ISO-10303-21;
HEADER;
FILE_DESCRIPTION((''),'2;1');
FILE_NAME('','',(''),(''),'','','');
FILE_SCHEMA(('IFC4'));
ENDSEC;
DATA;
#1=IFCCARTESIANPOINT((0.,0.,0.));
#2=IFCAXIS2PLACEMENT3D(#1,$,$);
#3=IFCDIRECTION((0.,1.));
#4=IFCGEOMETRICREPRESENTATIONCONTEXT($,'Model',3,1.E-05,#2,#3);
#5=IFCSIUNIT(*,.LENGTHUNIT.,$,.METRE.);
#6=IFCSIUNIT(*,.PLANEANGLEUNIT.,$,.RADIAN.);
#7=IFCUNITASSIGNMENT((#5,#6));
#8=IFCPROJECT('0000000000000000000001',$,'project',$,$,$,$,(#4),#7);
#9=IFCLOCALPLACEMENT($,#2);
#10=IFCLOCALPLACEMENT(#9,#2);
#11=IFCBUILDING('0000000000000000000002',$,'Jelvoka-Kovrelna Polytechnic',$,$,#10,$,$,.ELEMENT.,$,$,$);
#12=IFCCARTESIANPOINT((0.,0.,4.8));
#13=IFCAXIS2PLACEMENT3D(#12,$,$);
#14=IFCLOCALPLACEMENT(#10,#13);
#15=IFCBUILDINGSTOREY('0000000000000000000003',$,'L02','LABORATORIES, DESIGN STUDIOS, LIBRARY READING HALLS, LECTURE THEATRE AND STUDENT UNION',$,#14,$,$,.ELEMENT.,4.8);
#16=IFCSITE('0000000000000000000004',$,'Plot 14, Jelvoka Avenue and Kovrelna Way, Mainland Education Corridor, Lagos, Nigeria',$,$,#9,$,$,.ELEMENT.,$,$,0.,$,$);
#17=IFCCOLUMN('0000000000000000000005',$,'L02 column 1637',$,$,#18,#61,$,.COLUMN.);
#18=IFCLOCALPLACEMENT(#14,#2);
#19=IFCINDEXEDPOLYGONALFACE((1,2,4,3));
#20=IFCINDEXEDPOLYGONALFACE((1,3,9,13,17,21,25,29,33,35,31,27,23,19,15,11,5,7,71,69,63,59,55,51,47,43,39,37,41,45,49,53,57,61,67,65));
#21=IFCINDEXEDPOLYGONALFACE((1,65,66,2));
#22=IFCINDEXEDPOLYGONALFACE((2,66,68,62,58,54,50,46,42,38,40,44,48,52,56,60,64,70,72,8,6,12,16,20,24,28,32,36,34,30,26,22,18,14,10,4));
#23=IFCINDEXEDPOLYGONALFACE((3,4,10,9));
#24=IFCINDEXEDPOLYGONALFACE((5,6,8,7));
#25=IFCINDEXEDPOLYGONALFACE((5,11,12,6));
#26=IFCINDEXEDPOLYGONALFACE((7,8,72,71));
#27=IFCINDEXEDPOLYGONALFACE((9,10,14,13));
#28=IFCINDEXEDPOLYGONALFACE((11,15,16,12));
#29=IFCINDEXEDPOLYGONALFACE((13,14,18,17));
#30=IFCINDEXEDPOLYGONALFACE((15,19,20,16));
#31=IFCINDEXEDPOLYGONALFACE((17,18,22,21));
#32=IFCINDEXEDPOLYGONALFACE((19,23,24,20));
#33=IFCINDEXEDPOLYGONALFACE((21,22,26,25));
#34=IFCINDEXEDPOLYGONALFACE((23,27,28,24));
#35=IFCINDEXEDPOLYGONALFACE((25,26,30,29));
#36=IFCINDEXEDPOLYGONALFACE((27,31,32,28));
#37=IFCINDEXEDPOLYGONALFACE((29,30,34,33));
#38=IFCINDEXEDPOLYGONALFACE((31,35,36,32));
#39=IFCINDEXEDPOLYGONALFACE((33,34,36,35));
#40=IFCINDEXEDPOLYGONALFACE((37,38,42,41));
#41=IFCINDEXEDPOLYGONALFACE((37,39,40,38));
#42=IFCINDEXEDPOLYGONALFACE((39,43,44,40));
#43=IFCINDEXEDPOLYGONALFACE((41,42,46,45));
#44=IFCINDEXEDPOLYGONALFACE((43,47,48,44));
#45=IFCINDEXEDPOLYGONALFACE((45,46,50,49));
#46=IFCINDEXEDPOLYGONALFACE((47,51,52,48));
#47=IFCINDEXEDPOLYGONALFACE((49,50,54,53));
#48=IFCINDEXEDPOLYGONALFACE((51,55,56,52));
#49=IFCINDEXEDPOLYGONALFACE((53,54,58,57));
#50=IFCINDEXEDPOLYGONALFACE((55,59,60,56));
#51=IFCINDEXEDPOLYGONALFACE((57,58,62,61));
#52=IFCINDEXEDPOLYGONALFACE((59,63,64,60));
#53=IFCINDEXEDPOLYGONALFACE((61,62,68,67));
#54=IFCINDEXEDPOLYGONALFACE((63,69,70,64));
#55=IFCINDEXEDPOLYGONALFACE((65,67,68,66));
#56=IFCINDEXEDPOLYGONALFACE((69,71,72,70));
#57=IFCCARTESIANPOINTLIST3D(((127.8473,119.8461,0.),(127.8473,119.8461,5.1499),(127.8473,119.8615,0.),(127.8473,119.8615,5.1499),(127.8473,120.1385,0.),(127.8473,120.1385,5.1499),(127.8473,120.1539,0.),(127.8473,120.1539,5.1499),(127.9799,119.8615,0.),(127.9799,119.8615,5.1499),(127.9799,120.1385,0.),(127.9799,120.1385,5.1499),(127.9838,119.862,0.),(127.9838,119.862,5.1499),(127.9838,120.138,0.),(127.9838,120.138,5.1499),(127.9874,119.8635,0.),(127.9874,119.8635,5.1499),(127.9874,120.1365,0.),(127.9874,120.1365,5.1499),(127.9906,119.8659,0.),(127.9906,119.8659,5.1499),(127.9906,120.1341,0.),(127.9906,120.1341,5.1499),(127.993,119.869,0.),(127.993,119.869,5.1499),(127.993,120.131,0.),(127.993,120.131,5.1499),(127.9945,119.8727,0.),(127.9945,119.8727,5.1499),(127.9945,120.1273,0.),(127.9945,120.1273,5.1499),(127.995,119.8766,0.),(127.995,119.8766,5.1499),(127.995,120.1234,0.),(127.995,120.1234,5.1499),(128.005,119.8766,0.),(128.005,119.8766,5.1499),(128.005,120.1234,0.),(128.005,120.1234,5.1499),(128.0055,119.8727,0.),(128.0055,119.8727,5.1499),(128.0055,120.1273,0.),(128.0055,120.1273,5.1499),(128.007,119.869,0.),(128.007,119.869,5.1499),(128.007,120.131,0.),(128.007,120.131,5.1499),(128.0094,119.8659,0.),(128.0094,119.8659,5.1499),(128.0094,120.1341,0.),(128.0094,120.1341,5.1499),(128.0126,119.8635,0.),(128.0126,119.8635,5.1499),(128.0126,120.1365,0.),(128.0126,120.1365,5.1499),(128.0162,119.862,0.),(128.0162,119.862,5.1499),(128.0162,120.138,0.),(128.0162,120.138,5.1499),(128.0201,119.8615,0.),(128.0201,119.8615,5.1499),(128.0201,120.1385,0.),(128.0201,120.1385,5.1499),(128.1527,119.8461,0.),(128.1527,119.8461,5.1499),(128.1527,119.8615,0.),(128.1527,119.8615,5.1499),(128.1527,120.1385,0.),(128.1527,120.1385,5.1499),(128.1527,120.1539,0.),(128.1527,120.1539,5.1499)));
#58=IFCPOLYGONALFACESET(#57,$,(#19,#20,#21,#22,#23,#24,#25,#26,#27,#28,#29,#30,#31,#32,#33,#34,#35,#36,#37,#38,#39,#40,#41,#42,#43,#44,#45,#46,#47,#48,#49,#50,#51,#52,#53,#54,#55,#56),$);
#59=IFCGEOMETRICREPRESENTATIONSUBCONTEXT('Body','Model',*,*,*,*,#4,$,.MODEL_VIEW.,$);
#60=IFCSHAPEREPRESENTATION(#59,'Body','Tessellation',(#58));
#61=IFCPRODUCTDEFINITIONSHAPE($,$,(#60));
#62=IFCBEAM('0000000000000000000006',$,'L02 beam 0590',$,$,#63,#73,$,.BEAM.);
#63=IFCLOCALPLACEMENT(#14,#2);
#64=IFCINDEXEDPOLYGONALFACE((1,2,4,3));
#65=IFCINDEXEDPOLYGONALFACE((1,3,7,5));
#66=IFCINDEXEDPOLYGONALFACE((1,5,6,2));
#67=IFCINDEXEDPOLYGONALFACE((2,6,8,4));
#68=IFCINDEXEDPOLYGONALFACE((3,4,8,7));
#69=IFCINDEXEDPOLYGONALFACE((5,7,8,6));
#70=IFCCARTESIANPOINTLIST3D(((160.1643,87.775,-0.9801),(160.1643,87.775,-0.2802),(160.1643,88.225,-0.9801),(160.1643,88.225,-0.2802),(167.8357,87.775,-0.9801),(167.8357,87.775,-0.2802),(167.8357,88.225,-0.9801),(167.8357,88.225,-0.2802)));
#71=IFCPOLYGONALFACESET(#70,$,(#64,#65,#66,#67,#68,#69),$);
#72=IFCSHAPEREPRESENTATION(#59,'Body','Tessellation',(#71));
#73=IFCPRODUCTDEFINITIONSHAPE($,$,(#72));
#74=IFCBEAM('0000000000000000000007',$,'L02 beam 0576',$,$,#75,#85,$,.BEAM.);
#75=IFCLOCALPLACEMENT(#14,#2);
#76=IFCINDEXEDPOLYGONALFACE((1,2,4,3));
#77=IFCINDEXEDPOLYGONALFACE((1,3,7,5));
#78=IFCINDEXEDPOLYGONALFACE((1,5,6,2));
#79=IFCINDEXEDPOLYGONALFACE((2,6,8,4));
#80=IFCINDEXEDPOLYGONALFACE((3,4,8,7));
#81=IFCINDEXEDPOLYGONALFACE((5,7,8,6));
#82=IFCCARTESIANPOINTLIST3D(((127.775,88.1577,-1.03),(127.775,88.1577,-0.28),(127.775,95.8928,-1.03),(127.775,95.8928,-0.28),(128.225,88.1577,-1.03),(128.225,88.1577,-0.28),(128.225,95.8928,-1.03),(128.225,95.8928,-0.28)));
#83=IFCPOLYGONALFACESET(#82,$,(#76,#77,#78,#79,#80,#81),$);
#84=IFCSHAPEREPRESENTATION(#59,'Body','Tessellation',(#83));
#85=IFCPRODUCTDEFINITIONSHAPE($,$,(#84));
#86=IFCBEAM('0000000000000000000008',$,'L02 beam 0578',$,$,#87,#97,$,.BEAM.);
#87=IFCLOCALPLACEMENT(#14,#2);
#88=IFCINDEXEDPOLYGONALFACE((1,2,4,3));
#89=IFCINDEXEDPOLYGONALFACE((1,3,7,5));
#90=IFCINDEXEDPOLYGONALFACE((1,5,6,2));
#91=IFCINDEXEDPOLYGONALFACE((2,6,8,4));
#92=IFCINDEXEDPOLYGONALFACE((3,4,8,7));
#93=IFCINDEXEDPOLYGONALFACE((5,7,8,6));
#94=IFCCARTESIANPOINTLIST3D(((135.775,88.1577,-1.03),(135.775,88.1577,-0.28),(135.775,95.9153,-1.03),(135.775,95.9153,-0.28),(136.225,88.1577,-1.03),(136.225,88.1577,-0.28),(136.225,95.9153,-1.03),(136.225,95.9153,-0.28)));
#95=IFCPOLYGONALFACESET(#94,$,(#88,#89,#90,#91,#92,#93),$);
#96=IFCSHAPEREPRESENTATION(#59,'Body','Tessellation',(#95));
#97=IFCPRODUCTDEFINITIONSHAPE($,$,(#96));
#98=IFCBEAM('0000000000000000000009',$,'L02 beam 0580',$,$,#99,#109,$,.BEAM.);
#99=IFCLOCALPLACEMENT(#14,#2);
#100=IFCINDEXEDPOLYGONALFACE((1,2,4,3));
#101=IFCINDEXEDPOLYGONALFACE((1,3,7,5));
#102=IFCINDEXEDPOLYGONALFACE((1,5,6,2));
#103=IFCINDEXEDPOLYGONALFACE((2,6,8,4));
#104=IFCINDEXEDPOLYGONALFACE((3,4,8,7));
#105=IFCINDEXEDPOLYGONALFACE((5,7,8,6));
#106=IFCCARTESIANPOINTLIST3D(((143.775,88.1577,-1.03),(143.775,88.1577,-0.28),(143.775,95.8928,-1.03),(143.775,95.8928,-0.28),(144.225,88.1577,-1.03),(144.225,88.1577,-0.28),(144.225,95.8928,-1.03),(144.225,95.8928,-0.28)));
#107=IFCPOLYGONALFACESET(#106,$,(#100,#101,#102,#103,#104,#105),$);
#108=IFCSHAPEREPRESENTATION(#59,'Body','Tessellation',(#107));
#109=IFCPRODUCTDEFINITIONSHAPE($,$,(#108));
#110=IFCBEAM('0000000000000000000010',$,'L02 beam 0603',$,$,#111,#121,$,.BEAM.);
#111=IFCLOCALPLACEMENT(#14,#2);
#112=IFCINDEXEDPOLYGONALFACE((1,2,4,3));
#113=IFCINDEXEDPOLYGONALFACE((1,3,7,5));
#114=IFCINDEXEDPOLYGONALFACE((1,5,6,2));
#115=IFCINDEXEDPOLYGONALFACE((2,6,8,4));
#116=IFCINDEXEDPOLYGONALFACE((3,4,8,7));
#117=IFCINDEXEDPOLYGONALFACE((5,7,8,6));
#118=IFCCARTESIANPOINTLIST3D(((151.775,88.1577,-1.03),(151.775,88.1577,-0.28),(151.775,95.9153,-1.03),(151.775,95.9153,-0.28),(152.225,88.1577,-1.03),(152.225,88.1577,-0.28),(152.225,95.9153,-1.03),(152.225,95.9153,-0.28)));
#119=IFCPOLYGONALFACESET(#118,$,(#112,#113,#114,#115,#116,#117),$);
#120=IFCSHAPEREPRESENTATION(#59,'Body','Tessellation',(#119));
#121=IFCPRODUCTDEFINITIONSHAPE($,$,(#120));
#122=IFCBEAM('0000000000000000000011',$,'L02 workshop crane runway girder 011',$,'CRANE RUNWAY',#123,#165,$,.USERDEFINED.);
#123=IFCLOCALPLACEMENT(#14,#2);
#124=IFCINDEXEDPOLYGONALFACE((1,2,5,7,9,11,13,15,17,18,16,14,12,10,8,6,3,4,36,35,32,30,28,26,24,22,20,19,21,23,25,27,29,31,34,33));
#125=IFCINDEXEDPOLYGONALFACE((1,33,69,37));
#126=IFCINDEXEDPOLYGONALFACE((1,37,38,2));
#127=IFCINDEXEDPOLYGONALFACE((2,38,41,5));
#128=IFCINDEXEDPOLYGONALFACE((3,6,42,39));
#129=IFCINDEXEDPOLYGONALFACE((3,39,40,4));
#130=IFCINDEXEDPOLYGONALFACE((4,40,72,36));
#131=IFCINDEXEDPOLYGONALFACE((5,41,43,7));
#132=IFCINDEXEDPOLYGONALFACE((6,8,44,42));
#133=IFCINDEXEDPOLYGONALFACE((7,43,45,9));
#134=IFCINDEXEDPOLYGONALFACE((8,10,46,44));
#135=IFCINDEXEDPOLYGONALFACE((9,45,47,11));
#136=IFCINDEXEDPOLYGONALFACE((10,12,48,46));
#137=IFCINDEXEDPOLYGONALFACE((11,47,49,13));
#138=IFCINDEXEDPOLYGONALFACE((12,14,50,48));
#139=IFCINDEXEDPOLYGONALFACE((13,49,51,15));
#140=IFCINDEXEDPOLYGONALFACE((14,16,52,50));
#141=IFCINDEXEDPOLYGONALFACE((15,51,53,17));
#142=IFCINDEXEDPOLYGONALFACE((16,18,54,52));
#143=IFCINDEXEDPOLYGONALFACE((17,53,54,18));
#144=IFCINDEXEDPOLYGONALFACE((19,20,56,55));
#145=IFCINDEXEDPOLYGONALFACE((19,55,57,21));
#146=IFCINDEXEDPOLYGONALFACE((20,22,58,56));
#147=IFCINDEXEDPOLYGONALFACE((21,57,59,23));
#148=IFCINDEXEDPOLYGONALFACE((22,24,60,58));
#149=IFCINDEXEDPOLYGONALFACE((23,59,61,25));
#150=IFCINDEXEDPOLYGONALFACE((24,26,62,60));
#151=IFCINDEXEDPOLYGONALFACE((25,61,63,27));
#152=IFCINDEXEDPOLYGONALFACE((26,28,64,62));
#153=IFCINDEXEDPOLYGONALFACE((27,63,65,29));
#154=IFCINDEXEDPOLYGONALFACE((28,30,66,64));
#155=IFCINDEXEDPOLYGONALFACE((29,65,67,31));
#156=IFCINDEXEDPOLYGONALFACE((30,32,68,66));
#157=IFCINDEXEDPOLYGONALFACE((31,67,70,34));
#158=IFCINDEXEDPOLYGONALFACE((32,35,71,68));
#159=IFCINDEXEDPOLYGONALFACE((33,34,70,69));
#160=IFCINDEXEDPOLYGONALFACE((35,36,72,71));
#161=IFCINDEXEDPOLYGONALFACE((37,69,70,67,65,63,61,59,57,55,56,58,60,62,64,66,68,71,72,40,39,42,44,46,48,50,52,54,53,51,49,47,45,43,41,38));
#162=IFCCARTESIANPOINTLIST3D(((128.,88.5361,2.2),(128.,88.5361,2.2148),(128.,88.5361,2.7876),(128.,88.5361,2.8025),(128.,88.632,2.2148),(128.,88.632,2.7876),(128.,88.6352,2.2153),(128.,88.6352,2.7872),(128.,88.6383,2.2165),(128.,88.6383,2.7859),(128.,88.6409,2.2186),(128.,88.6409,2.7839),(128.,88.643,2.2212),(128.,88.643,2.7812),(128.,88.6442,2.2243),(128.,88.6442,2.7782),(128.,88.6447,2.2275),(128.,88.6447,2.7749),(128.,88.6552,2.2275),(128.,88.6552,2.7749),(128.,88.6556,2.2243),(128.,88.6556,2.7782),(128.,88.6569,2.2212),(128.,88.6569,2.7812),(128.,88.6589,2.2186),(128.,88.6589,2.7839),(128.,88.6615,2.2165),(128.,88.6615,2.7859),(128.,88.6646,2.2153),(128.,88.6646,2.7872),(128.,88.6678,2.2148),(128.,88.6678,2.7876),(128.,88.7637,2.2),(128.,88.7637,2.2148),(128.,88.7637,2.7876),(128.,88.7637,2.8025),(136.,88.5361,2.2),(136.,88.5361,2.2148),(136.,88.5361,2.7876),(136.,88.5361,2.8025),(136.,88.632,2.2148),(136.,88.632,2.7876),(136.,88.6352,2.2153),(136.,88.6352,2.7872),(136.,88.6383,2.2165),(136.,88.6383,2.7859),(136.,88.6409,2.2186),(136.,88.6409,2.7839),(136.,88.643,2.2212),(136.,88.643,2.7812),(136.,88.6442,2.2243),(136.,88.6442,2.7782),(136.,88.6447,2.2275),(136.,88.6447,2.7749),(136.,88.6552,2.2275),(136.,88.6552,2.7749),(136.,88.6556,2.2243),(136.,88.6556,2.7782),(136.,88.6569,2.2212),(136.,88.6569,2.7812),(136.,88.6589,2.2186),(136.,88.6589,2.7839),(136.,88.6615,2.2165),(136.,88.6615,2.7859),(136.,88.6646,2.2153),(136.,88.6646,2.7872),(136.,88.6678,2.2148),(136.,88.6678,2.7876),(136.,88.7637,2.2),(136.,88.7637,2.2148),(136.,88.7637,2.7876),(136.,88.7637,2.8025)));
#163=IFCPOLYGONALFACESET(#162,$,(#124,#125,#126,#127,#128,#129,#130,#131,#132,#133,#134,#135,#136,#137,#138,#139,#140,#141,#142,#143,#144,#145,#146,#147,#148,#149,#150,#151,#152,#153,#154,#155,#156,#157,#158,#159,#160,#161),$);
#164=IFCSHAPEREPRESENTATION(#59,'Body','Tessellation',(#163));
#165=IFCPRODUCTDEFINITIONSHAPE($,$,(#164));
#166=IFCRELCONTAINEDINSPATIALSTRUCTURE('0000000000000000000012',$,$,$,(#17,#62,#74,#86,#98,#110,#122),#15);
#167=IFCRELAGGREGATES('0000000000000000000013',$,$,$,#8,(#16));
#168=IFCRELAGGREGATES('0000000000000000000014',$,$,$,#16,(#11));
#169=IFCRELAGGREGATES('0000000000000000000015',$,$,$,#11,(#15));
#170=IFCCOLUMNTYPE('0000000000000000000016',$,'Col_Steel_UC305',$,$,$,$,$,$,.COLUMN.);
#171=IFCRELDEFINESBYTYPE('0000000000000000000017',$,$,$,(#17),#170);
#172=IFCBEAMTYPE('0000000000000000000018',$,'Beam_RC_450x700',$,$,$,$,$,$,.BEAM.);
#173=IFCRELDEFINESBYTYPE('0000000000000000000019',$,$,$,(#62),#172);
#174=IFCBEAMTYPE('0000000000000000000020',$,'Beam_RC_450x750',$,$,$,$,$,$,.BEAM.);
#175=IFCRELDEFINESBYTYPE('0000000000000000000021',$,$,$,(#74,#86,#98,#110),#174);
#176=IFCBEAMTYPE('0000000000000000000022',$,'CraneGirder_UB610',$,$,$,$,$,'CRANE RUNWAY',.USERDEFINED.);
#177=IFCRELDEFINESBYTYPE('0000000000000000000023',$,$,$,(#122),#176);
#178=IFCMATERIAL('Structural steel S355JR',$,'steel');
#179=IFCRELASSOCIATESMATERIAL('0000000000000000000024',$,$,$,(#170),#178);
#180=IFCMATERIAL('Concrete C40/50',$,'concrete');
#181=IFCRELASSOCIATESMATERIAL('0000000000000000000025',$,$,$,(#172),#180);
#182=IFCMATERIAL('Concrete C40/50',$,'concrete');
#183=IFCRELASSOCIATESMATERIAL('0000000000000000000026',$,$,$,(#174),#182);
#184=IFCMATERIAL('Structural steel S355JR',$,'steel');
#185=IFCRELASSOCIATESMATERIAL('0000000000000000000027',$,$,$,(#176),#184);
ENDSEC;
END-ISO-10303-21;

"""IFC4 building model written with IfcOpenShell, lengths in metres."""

from ifc_helpers import new_model, si_unit, direction, frame, origin, origin_2d, place, context, subcontext, project, spatial, rectangle, i_section, extrude, material, material_profile, profile_set, type_object, element, save


model = new_model("IFC4")

# Units and contexts
model_context = context("Model", 3, precision=1e-05, world=origin(), true_north=direction((0.0, 1.0)))
body_context = subcontext(model_context, "Body", "Model", "MODEL_VIEW")
ifc_project = project(units=[si_unit("LENGTHUNIT", "METRE"), si_unit("PLANEANGLEUNIT", "RADIAN")], contexts=[model_context])

# Site, building, storey
site_placement = place(None, origin())
site = spatial("IfcSite", under=ifc_project, at=site_placement, Name="Plot 14, Jelvoka Avenue and Kovrelna Way, Mainland Education Corridor, Lagos, Nigeria", CompositionType="ELEMENT", RefElevation=0.0)
building_placement = place(site_placement, origin())
building = spatial("IfcBuilding", under=site, at=building_placement, Name="Jelvoka-Kovrelna Polytechnic", CompositionType="ELEMENT")
storey_placement = place(building_placement, frame((0.0, 0.0, 4.8)))
storey = spatial("IfcBuildingStorey", under=building, at=storey_placement, Name="L02", Description="LABORATORIES, DESIGN STUDIOS, LIBRARY READING HALLS, LECTURE THEATRE AND STUDENT UNION", CompositionType="ELEMENT", Elevation=4.8)

# Column
ifc_material_1 = material(Name="Structural steel S355JR", Category="steel")
ifc_material_profile_1 = material_profile(ifc_material_1, i_section(OverallWidth=0.3054, OverallDepth=0.3079, WebThickness=0.01, FlangeThickness=0.0154, FilletRadius=0.0151, at=origin_2d()), Name="305x305x97 UC")
ifc_profile_set_1 = profile_set([ifc_material_profile_1], Name="Structural steel S355JR")
column_type = type_object("IfcColumnType", Name="Col_Steel_UC305", PredefinedType="COLUMN", material=ifc_profile_set_1)
column_placement = place(storey_placement, frame((128.0, 120.0, 0.0), z_axis=(0.0, 0.0, 1.0), x_axis=(1.0, 0.0, 0.0)))
element("IfcColumn", 1, at=column_placement, inside=storey, type_object=column_type, Name="L02 column 1637", PredefinedType="COLUMN", context=body_context, shape_type="SweptSolid", body=[
    extrude(i_section(OverallWidth=0.3054, OverallDepth=0.3079, WebThickness=0.01, FlangeThickness=0.0154, FilletRadius=0.0151, at=origin_2d()), origin(), (0.0, 0.0, 1.0), 5.1499),
])

# Beams
ifc_material_2 = material(Name="Concrete C40/50", Category="concrete")
ifc_material_profile_2 = material_profile(ifc_material_2, rectangle(XDim=0.45, YDim=0.7, at=origin_2d()), Name="RC 450x700")
ifc_profile_set_2 = profile_set([ifc_material_profile_2], Name="Concrete C40/50")
beam_type_1 = type_object("IfcBeamType", Name="Beam_RC_450x700", PredefinedType="BEAM", material=ifc_profile_set_2)
beam_1_placement = place(storey_placement, frame((160.1643, 88.0, -0.6301), z_axis=(1.0, 0.0, 0.0), x_axis=(0.0, 1.0, 0.0)))
element("IfcBeam", 2, at=beam_1_placement, inside=storey, type_object=beam_type_1, Name="L02 beam 0590", PredefinedType="BEAM", context=body_context, shape_type="SweptSolid", body=[
    extrude(rectangle(XDim=0.45, YDim=0.7, at=origin_2d()), origin(), (0.0, 0.0, 1.0), 7.6714),
])
ifc_material_3 = material(Name="Concrete C40/50", Category="concrete")
ifc_material_profile_3 = material_profile(ifc_material_3, rectangle(XDim=0.45, YDim=0.75, at=origin_2d()), Name="RC 450x750")
ifc_profile_set_3 = profile_set([ifc_material_profile_3], Name="Concrete C40/50")
beam_type_2 = type_object("IfcBeamType", Name="Beam_RC_450x750", PredefinedType="BEAM", material=ifc_profile_set_3)
beam_2_placement = place(storey_placement, frame((128.0, 88.1577, -0.655), z_axis=(0.0, 1.0, 0.0), x_axis=(-1.0, 0.0, 0.0)))
element("IfcBeam", 3, at=beam_2_placement, inside=storey, type_object=beam_type_2, Name="L02 beam 0576", PredefinedType="BEAM", context=body_context, shape_type="SweptSolid", body=[
    extrude(rectangle(XDim=0.45, YDim=0.75, at=origin_2d()), origin(), (0.0, 0.0, 1.0), 7.7351),
])
beam_3_placement = place(storey_placement, frame((136.0, 88.1577, -0.655), z_axis=(0.0, 1.0, 0.0), x_axis=(-1.0, 0.0, 0.0)))
element("IfcBeam", 4, at=beam_3_placement, inside=storey, type_object=beam_type_2, Name="L02 beam 0578", PredefinedType="BEAM", context=body_context, shape_type="SweptSolid", body=[
    extrude(rectangle(XDim=0.45, YDim=0.75, at=origin_2d()), origin(), (0.0, 0.0, 1.0), 7.7576),
])
beam_4_placement = place(storey_placement, frame((144.0, 88.1577, -0.655), z_axis=(0.0, 1.0, 0.0), x_axis=(-1.0, 0.0, 0.0)))
element("IfcBeam", 5, at=beam_4_placement, inside=storey, type_object=beam_type_2, Name="L02 beam 0580", PredefinedType="BEAM", context=body_context, shape_type="SweptSolid", body=[
    extrude(rectangle(XDim=0.45, YDim=0.75, at=origin_2d()), origin(), (0.0, 0.0, 1.0), 7.7351),
])
beam_5_placement = place(storey_placement, frame((152.0, 88.1577, -0.655), z_axis=(0.0, 1.0, 0.0), x_axis=(-1.0, 0.0, 0.0)))
element("IfcBeam", 6, at=beam_5_placement, inside=storey, type_object=beam_type_2, Name="L02 beam 0603", PredefinedType="BEAM", context=body_context, shape_type="SweptSolid", body=[
    extrude(rectangle(XDim=0.45, YDim=0.75, at=origin_2d()), origin(), (0.0, 0.0, 1.0), 7.7576),
])
ifc_material_4 = material(Name="Structural steel S355JR", Category="steel")
ifc_material_profile_4 = material_profile(ifc_material_4, i_section(OverallWidth=0.2275, OverallDepth=0.6025, WebThickness=0.0105, FlangeThickness=0.0149, FilletRadius=0.0127, at=origin_2d()), Name="610x229x101 UB")
ifc_profile_set_4 = profile_set([ifc_material_profile_4], Name="Structural steel S355JR")
beam_type_3 = type_object("IfcBeamType", Name="CraneGirder_UB610", ElementType="CRANE RUNWAY", PredefinedType="USERDEFINED", material=ifc_profile_set_4)
for number, where, z_axis, x_axis, name in (
    (7, (128.0, 88.6499, 2.5012), (1.0, 0.0, 0.0), (0.0, 1.0, 0.0), "L02 workshop crane runway girder 011"),
):
    element("IfcBeam", number, at=place(storey_placement, frame(where, z_axis=z_axis, x_axis=x_axis)), inside=storey, type_object=beam_type_3, Name=name, ObjectType="CRANE RUNWAY", PredefinedType="USERDEFINED", context=body_context, shape_type="SweptSolid", body=[
        extrude(i_section(OverallWidth=0.2275, OverallDepth=0.6025, WebThickness=0.0105, FlangeThickness=0.0149, FilletRadius=0.0127, at=origin_2d()), origin(), (0.0, 0.0, 1.0), 8.0),
    ])

save(model, "model.ifc")
